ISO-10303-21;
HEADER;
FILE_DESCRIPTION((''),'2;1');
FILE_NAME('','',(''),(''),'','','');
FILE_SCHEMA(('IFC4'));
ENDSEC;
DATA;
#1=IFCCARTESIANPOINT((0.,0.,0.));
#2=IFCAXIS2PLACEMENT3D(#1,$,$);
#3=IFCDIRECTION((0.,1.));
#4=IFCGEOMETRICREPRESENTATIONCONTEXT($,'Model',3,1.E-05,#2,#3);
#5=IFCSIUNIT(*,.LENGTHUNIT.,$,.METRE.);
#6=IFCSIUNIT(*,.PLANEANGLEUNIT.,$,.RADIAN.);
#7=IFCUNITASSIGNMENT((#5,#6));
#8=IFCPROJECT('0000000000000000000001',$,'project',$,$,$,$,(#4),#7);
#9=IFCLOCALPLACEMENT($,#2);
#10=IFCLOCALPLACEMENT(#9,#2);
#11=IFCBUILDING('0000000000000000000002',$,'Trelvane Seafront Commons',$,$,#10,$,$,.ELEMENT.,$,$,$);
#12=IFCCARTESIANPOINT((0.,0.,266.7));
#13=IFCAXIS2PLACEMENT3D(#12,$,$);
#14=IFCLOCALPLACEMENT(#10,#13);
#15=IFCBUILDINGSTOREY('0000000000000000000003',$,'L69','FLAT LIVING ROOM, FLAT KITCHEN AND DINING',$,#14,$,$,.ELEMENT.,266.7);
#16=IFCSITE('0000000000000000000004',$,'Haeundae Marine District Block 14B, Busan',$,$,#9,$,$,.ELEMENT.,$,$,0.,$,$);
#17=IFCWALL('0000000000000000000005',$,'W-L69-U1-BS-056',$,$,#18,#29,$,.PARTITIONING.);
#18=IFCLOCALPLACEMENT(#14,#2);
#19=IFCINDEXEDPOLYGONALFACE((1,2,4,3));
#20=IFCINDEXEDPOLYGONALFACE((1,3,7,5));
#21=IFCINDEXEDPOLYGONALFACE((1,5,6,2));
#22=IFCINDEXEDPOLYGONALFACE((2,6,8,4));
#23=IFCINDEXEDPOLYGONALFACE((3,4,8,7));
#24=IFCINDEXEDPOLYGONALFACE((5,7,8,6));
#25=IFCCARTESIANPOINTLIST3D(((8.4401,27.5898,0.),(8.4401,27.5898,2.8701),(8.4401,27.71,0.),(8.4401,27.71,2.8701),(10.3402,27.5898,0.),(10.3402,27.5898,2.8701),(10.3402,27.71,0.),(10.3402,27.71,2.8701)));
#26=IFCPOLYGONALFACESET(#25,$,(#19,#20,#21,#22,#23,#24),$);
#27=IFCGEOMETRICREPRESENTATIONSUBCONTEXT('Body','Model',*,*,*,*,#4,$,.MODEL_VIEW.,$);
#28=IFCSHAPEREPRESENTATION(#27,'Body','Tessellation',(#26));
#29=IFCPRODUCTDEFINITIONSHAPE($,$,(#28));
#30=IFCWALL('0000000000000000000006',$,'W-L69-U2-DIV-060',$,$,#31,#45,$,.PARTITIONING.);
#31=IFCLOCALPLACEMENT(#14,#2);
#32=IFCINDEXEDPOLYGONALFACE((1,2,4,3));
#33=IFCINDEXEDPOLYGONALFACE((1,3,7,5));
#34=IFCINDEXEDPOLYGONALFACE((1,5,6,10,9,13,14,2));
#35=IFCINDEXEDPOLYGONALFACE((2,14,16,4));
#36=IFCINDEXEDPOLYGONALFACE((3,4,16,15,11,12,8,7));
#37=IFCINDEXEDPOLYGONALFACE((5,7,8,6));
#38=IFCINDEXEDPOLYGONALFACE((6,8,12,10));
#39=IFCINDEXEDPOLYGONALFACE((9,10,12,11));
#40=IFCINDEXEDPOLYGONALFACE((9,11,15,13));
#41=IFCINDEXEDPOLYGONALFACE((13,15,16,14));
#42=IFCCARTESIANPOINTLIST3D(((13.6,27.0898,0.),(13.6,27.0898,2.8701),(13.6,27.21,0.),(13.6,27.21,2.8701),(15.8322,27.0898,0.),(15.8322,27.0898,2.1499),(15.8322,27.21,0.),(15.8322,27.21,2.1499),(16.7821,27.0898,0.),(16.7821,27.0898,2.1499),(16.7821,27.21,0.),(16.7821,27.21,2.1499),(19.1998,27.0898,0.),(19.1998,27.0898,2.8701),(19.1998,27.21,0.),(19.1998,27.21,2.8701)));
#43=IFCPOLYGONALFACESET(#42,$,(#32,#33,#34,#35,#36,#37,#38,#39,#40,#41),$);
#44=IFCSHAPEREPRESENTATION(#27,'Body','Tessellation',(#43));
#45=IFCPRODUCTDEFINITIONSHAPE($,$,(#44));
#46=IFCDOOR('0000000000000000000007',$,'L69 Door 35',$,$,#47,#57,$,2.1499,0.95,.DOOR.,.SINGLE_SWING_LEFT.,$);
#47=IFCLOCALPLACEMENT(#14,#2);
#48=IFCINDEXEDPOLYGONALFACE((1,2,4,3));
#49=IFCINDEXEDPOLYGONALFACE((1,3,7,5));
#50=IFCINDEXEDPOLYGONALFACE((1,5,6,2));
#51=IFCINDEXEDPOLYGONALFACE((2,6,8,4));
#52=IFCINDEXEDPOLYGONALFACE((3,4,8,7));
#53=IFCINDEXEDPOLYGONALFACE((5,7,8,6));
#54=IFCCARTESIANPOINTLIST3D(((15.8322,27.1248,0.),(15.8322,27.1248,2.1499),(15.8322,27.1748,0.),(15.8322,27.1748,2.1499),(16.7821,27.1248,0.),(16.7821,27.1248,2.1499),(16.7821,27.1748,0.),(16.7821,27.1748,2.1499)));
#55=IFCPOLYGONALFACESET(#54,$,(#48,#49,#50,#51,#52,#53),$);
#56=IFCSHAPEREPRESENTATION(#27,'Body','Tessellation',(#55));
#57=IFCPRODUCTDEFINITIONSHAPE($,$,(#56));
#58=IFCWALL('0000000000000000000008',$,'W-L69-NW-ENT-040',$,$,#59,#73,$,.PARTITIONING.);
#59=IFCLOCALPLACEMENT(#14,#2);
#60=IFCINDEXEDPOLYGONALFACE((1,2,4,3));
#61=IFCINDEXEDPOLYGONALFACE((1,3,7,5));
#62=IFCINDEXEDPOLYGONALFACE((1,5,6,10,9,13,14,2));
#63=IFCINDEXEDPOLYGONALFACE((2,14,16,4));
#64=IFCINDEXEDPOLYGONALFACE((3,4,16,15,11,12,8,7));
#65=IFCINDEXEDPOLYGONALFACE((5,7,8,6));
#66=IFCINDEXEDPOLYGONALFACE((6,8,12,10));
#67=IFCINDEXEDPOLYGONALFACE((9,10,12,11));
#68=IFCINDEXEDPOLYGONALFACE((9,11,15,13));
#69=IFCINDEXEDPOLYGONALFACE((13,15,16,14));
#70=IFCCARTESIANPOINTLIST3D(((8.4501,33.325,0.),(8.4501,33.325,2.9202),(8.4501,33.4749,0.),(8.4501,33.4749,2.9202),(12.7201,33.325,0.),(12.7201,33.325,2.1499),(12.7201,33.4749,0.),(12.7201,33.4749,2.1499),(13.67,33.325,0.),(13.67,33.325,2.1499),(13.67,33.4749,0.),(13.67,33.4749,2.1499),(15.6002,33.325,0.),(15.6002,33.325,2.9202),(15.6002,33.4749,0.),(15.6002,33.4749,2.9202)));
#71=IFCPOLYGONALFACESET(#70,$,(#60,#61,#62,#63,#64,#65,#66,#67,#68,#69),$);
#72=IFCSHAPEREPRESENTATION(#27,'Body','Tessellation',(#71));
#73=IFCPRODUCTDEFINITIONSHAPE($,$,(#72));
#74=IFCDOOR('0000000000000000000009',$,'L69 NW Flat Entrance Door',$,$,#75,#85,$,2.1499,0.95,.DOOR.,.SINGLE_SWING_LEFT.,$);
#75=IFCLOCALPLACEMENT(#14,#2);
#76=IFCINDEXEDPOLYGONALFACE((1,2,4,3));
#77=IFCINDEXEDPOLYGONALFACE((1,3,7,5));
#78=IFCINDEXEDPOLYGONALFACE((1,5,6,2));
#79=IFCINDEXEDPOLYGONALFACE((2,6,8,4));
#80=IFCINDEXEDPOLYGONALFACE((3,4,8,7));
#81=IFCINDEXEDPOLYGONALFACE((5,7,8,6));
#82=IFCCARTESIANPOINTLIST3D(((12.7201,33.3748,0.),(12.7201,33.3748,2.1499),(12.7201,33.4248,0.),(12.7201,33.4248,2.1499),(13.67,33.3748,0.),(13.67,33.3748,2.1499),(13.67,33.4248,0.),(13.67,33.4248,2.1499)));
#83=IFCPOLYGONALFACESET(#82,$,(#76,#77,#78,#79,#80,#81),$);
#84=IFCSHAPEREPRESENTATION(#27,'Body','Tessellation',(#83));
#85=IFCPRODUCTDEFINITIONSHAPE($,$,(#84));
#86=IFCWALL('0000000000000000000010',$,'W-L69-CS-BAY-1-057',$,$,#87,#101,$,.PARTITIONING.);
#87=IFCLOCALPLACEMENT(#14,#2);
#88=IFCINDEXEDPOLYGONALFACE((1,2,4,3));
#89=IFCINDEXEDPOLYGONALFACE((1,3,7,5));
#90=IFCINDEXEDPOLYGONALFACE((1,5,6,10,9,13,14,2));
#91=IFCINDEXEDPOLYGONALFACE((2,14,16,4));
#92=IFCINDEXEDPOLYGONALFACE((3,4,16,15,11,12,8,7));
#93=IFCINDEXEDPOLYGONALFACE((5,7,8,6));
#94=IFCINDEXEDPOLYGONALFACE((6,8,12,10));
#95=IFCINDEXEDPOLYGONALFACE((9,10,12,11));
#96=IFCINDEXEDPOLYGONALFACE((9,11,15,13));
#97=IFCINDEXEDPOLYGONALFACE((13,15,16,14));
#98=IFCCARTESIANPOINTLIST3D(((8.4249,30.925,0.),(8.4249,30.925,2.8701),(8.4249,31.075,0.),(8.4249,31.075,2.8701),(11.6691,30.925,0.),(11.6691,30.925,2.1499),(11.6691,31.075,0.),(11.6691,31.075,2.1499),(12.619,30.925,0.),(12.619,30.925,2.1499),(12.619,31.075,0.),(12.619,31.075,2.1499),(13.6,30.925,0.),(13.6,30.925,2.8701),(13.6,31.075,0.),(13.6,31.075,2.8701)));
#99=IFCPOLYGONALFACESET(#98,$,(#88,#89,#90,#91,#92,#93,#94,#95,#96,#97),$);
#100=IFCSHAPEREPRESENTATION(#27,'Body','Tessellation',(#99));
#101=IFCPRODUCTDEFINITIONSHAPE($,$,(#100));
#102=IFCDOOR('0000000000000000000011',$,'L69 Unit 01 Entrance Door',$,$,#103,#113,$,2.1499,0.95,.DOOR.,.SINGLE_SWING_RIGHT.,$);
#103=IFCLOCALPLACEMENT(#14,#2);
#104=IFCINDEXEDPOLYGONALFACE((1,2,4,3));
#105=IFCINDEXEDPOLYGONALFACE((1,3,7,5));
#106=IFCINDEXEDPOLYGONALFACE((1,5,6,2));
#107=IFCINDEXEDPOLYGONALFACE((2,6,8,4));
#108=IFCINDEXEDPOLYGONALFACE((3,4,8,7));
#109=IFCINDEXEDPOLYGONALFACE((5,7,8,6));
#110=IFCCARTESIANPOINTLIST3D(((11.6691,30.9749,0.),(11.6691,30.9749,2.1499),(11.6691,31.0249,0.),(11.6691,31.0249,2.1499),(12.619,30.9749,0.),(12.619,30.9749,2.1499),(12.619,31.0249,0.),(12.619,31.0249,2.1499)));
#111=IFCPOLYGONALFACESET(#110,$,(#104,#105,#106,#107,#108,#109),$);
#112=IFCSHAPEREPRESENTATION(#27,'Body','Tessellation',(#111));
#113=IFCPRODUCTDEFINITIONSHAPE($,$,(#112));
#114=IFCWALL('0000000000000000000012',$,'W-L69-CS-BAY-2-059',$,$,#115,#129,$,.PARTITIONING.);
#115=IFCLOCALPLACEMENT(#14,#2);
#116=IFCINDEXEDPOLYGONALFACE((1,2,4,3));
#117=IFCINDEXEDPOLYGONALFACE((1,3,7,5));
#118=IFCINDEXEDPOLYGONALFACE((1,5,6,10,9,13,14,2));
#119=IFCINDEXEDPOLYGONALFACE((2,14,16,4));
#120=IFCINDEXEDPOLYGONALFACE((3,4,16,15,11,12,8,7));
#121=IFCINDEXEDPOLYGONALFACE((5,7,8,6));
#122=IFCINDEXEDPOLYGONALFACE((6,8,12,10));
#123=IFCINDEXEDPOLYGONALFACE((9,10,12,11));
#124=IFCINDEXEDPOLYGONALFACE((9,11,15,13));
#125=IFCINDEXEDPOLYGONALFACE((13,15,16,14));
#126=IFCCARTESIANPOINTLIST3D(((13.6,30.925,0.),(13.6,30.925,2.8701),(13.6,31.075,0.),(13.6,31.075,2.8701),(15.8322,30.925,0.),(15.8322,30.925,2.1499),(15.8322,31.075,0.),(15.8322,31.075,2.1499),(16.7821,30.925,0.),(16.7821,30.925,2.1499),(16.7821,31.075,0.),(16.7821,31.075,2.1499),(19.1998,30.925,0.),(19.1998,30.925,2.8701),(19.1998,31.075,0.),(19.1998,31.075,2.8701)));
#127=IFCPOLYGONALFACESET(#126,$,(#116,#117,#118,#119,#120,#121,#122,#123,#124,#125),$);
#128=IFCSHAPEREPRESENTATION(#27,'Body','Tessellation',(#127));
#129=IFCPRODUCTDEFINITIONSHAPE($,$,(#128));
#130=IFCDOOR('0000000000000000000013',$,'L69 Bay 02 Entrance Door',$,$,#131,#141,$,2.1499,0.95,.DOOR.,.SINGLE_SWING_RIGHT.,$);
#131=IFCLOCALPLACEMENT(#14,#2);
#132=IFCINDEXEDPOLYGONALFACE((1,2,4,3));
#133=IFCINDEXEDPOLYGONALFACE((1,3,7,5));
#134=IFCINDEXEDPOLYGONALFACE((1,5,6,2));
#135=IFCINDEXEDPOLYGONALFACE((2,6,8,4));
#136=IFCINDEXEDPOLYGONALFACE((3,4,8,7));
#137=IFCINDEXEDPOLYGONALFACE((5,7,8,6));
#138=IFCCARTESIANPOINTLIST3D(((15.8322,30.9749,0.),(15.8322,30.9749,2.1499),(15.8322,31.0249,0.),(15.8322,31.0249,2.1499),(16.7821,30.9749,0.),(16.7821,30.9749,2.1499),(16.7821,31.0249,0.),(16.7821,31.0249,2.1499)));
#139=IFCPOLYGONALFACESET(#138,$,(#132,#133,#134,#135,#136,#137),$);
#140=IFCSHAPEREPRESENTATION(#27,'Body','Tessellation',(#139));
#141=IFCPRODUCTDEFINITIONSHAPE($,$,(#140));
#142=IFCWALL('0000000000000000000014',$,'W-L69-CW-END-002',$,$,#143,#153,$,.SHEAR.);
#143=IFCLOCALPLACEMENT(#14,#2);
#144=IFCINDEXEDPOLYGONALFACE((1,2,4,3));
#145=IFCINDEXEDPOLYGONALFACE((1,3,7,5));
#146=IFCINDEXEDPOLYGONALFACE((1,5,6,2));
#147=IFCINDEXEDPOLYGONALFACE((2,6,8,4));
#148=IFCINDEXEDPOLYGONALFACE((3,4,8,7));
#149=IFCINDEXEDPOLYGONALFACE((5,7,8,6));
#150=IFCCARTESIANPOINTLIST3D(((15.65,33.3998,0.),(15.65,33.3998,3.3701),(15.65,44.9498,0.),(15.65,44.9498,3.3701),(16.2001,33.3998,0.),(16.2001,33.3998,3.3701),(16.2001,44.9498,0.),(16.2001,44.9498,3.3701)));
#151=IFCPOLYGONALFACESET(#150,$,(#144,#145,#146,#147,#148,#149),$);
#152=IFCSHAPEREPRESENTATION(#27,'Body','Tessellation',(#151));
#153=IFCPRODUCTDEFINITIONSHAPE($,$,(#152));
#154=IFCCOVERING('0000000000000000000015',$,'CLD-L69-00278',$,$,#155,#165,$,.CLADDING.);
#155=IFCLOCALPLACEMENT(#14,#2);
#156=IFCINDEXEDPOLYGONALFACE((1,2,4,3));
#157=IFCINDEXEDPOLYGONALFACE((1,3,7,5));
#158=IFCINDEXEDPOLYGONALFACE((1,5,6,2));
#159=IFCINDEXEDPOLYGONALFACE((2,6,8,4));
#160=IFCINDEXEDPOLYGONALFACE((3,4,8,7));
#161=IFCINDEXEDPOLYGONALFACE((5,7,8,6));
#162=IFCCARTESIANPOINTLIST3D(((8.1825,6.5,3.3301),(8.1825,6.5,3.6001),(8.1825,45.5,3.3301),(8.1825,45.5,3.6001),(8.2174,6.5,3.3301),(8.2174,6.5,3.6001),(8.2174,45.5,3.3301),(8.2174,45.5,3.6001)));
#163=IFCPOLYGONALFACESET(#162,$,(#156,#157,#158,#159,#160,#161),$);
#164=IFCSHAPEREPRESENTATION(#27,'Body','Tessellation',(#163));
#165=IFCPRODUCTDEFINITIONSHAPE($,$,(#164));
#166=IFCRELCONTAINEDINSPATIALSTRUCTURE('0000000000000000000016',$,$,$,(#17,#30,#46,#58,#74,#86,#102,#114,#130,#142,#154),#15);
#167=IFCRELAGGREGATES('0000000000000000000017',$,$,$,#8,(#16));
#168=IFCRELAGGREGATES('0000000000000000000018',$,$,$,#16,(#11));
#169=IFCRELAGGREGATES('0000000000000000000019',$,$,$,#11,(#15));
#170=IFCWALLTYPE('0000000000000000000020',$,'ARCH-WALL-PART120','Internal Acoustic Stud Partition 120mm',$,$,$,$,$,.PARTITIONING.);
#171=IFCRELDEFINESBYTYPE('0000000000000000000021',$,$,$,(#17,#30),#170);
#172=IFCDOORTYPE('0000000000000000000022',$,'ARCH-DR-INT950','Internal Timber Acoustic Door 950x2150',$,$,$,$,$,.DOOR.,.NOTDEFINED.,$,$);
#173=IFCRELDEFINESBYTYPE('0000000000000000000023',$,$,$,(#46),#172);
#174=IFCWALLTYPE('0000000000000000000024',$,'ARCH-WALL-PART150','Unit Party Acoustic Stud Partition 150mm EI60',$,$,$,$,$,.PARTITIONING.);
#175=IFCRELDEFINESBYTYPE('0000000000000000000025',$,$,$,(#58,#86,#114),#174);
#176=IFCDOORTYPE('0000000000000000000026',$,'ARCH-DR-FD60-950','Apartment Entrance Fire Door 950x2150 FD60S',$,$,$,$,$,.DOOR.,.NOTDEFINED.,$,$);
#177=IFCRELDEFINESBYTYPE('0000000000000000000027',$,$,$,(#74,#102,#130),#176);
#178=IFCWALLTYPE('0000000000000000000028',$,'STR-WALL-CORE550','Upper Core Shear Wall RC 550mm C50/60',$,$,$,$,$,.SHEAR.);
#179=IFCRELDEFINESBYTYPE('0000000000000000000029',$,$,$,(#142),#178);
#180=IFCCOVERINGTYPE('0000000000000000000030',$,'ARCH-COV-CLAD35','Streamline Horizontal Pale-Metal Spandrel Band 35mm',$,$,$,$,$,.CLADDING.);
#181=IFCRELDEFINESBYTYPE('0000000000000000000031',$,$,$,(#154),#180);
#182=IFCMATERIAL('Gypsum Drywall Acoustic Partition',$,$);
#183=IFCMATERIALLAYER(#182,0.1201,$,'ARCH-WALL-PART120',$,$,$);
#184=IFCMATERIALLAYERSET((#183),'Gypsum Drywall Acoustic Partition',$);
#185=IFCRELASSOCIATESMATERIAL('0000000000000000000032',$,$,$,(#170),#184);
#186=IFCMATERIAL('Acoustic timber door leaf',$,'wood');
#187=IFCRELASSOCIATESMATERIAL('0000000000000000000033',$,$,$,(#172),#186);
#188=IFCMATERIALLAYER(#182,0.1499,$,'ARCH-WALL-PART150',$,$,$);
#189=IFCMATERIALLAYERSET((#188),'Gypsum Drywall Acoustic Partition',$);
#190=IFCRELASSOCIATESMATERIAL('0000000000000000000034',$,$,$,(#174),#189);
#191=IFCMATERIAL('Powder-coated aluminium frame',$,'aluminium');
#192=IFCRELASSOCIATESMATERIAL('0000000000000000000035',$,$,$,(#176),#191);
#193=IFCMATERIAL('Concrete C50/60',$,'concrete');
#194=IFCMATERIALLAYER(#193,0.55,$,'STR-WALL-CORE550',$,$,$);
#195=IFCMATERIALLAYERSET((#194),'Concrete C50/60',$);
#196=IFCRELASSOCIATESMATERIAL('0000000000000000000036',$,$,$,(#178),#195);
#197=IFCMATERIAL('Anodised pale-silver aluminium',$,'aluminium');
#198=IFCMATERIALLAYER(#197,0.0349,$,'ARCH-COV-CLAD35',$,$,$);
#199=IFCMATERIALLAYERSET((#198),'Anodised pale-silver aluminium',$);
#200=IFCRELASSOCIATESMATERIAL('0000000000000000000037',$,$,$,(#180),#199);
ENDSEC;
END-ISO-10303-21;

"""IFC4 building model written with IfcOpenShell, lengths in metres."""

from ifc_helpers import new_model, si_unit, direction, frame, frame_2d, origin, origin_2d, place, context, subcontext, project, spatial, rectangle, extrude, source, transform, mapped, material, layer, layer_set, type_object, element, fill, save


model = new_model("IFC4")

# Units and contexts
model_context = context("Model", 3, precision=1e-05, world=origin(), true_north=direction((0.0, 1.0)))
body_context = subcontext(model_context, "Body", "Model", "MODEL_VIEW")
ifc_project = project(units=[si_unit("LENGTHUNIT", "METRE"), si_unit("PLANEANGLEUNIT", "RADIAN")], contexts=[model_context])

# Site, building, storey
site_placement = place(None, origin())
site = spatial("IfcSite", under=ifc_project, at=site_placement, Name="Haeundae Marine District Block 14B, Busan", CompositionType="ELEMENT", RefElevation=0.0)
building_placement = place(site_placement, origin())
building = spatial("IfcBuilding", under=site, at=building_placement, Name="Trelvane Seafront Commons", CompositionType="ELEMENT")
storey_placement = place(building_placement, frame((0.0, 0.0, 266.7)))
storey = spatial("IfcBuildingStorey", under=building, at=storey_placement, Name="L69", Description="FLAT LIVING ROOM, FLAT KITCHEN AND DINING", CompositionType="ELEMENT", Elevation=266.7)

# Shared definitions
ifc_material_1 = material(Name="Concrete C50/60", Category="concrete")

# Shared definitions
ifc_material_2 = material(Name="Gypsum Drywall Acoustic Partition")
ifc_layer_1 = layer(ifc_material_2, 0.1201, Name="ARCH-WALL-PART120")
ifc_layer_set_1 = layer_set([ifc_layer_1], Name="Gypsum Drywall Acoustic Partition")
wall_type_1 = type_object("IfcWallType", Name="ARCH-WALL-PART120", Description="Internal Acoustic Stud Partition 120mm", PredefinedType="PARTITIONING", material=ifc_layer_set_1)
ifc_material_3 = material(Name="Acoustic timber door leaf", Category="wood")
door_type_1 = type_object("IfcDoorType", Name="ARCH-DR-INT950", Description="Internal Timber Acoustic Door 950x2150", OperationType="NOTDEFINED", PredefinedType="DOOR", material=ifc_material_3)
shared_shape_1 = source(origin(), body_context, "Body", "SweptSolid", [
    extrude(rectangle(XDim=0.95, YDim=2.1499, at=frame_2d((0.4751, 1.075))), frame((0.0, 0.0249, 0.0), z_axis=(0.0, -1.0, 0.0), x_axis=(1.0, 0.0, 0.0)), (0.0, 0.0, 1.0), 0.05),
])

# Wall
wall_1_placement = place(storey_placement, frame((8.4399, 27.6499, 0.0), z_axis=(0.0, 0.0, 1.0), x_axis=(1.0, 0.0, 0.0)))
element("IfcWall", 1, at=wall_1_placement, inside=storey, type_object=wall_type_1, Name="W-L69-U1-BS-056", PredefinedType="PARTITIONING", context=body_context, shape_type="SweptSolid", body=[
    extrude(rectangle(XDim=1.9001, YDim=0.1201, at=frame_2d((0.9502, 0.0))), origin(), (0.0, 0.0, 1.0), 2.8701),
])

# Walls, openings, doors
wall_2_placement = place(storey_placement, frame((13.6001, 27.1499, 0.0), z_axis=(0.0, 0.0, 1.0), x_axis=(1.0, 0.0, 0.0)))
wall_2 = element("IfcWall", 2, at=wall_2_placement, inside=storey, type_object=wall_type_1, Name="W-L69-U2-DIV-060", PredefinedType="PARTITIONING", context=body_context, shape_type="SweptSolid", body=[
    extrude(rectangle(XDim=5.5999, YDim=0.1201, at=frame_2d((2.7998, 0.0))), origin(), (0.0, 0.0, 1.0), 2.8701),
])
opening_1_placement = place(wall_2_placement, frame((2.2319, 0.0, 0.0)))
opening_1 = element("IfcOpeningElement", 3, at=opening_1_placement, cuts=wall_2, PredefinedType="OPENING", context=body_context, shape_type="SweptSolid", body=[
    extrude(rectangle(XDim=0.95, YDim=2.1499, at=frame_2d((0.4751, 1.075))), frame((0.0, 0.0701, 0.0), z_axis=(0.0, -1.0, 0.0), x_axis=(1.0, 0.0, 0.0)), (0.0, 0.0, 1.0), 0.1401),
])
door_1_placement = place(opening_1_placement, origin())
door_1 = element("IfcDoor", 4, at=door_1_placement, inside=storey, type_object=door_type_1, Name="L69 Door 35", OperationType="SINGLE_SWING_LEFT", OverallHeight=2.1499, OverallWidth=0.95, PredefinedType="DOOR", context=body_context, shape_type="MappedRepresentation", body=[
    mapped(shared_shape_1, transform((0.0, 0.0, 0.0), x_axis=(1.0, 0.0, 0.0), y_axis=(0.0, 1.0, 0.0), z_axis=(0.0, 0.0, 1.0), scale=1.0)),
])
fill(opening_1, door_1)
ifc_layer_2 = layer(ifc_material_2, 0.1499, Name="ARCH-WALL-PART150")
ifc_layer_set_2 = layer_set([ifc_layer_2], Name="Gypsum Drywall Acoustic Partition")
wall_type_2 = type_object("IfcWallType", Name="ARCH-WALL-PART150", Description="Unit Party Acoustic Stud Partition 150mm EI60", PredefinedType="PARTITIONING", material=ifc_layer_set_2)
wall_3_placement = place(storey_placement, frame((8.45, 33.3999, 0.0), z_axis=(0.0, 0.0, 1.0), x_axis=(1.0, 0.0, 0.0)))
wall_3 = element("IfcWall", 5, at=wall_3_placement, inside=storey, type_object=wall_type_2, Name="W-L69-NW-ENT-040", PredefinedType="PARTITIONING", context=body_context, shape_type="SweptSolid", body=[
    extrude(rectangle(XDim=7.1501, YDim=0.1499, at=frame_2d((3.5752, 0.0))), origin(), (0.0, 0.0, 1.0), 2.9202),
])
opening_2_placement = place(wall_3_placement, frame((4.27, 0.0, 0.0)))
opening_2 = element("IfcOpeningElement", 6, at=opening_2_placement, cuts=wall_3, PredefinedType="OPENING", context=body_context, shape_type="SweptSolid", body=[
    extrude(rectangle(XDim=0.95, YDim=2.1499, at=frame_2d((0.4751, 1.075))), frame((0.0, 0.085, 0.0), z_axis=(0.0, -1.0, 0.0), x_axis=(1.0, 0.0, 0.0)), (0.0, 0.0, 1.0), 0.1699),
])
ifc_material_4 = material(Name="Powder-coated aluminium frame", Category="aluminium")
door_type_2 = type_object("IfcDoorType", Name="ARCH-DR-FD60-950", Description="Apartment Entrance Fire Door 950x2150 FD60S", OperationType="NOTDEFINED", PredefinedType="DOOR", material=ifc_material_4)
door_2_placement = place(opening_2_placement, origin())
door_2 = element("IfcDoor", 7, at=door_2_placement, inside=storey, type_object=door_type_2, Name="L69 NW Flat Entrance Door", OperationType="SINGLE_SWING_LEFT", OverallHeight=2.1499, OverallWidth=0.95, PredefinedType="DOOR", context=body_context, shape_type="MappedRepresentation", body=[
    mapped(shared_shape_1, transform((0.0, 0.0, 0.0), x_axis=(1.0, 0.0, 0.0), y_axis=(0.0, 1.0, 0.0), z_axis=(0.0, 0.0, 1.0), scale=1.0)),
])
fill(opening_2, door_2)
wall_4_placement = place(storey_placement, frame((8.425, 31.0, 0.0), z_axis=(0.0, 0.0, 1.0), x_axis=(1.0, 0.0, 0.0)))
wall_4 = element("IfcWall", 8, at=wall_4_placement, inside=storey, type_object=wall_type_2, Name="W-L69-CS-BAY-1-057", PredefinedType="PARTITIONING", context=body_context, shape_type="SweptSolid", body=[
    extrude(rectangle(XDim=5.175, YDim=0.1499, at=frame_2d((2.5874, 0.0))), origin(), (0.0, 0.0, 1.0), 2.8701),
])
opening_3_placement = place(wall_4_placement, frame((3.2439, 0.0, 0.0)))
opening_3 = element("IfcOpeningElement", 9, at=opening_3_placement, cuts=wall_4, PredefinedType="OPENING", context=body_context, shape_type="SweptSolid", body=[
    extrude(rectangle(XDim=0.95, YDim=2.1499, at=frame_2d((0.4751, 1.075))), frame((0.0, 0.085, 0.0), z_axis=(0.0, -1.0, 0.0), x_axis=(1.0, 0.0, 0.0)), (0.0, 0.0, 1.0), 0.1699),
])
door_3_placement = place(opening_3_placement, origin())
door_3 = element("IfcDoor", 10, at=door_3_placement, inside=storey, type_object=door_type_2, Name="L69 Unit 01 Entrance Door", OperationType="SINGLE_SWING_RIGHT", OverallHeight=2.1499, OverallWidth=0.95, PredefinedType="DOOR", context=body_context, shape_type="MappedRepresentation", body=[
    mapped(shared_shape_1, transform((0.0, 0.0, 0.0), x_axis=(1.0, 0.0, 0.0), y_axis=(0.0, 1.0, 0.0), z_axis=(0.0, 0.0, 1.0), scale=1.0)),
])
fill(opening_3, door_3)
wall_5_placement = place(storey_placement, frame((13.6001, 31.0, 0.0), z_axis=(0.0, 0.0, 1.0), x_axis=(1.0, 0.0, 0.0)))
wall_5 = element("IfcWall", 11, at=wall_5_placement, inside=storey, type_object=wall_type_2, Name="W-L69-CS-BAY-2-059", PredefinedType="PARTITIONING", context=body_context, shape_type="SweptSolid", body=[
    extrude(rectangle(XDim=5.5999, YDim=0.1499, at=frame_2d((2.7998, 0.0))), origin(), (0.0, 0.0, 1.0), 2.8701),
])
opening_4_placement = place(wall_5_placement, frame((2.2319, 0.0, 0.0)))
opening_4 = element("IfcOpeningElement", 12, at=opening_4_placement, cuts=wall_5, PredefinedType="OPENING", context=body_context, shape_type="SweptSolid", body=[
    extrude(rectangle(XDim=0.95, YDim=2.1499, at=frame_2d((0.4751, 1.075))), frame((0.0, 0.085, 0.0), z_axis=(0.0, -1.0, 0.0), x_axis=(1.0, 0.0, 0.0)), (0.0, 0.0, 1.0), 0.1699),
])
door_4_placement = place(opening_4_placement, origin())
door_4 = element("IfcDoor", 13, at=door_4_placement, inside=storey, type_object=door_type_2, Name="L69 Bay 02 Entrance Door", OperationType="SINGLE_SWING_RIGHT", OverallHeight=2.1499, OverallWidth=0.95, PredefinedType="DOOR", context=body_context, shape_type="MappedRepresentation", body=[
    mapped(shared_shape_1, transform((0.0, 0.0, 0.0), x_axis=(1.0, 0.0, 0.0), y_axis=(0.0, 1.0, 0.0), z_axis=(0.0, 0.0, 1.0), scale=1.0)),
])
fill(opening_4, door_4)

# Wall
ifc_layer_3 = layer(ifc_material_1, 0.55, Name="STR-WALL-CORE550")
ifc_layer_set_3 = layer_set([ifc_layer_3], Name="Concrete C50/60")
wall_type_3 = type_object("IfcWallType", Name="STR-WALL-CORE550", Description="Upper Core Shear Wall RC 550mm C50/60", PredefinedType="SHEAR", material=ifc_layer_set_3)
wall_6_placement = place(storey_placement, frame((15.925, 33.3999, 0.0), z_axis=(0.0, 0.0, 1.0), x_axis=(0.0, 1.0, 0.0)))
element("IfcWall", 14, at=wall_6_placement, inside=storey, type_object=wall_type_3, Name="W-L69-CW-END-002", PredefinedType="SHEAR", context=body_context, shape_type="SweptSolid", body=[
    extrude(rectangle(XDim=11.55, YDim=0.55, at=frame_2d((5.7749, 0.0))), origin(), (0.0, 0.0, 1.0), 3.3701),
])

# Covering
ifc_material_5 = material(Name="Anodised pale-silver aluminium", Category="aluminium")
ifc_layer_4 = layer(ifc_material_5, 0.0349, Name="ARCH-COV-CLAD35")
ifc_layer_set_4 = layer_set([ifc_layer_4], Name="Anodised pale-silver aluminium")
covering_type = type_object("IfcCoveringType", Name="ARCH-COV-CLAD35", Description="Streamline Horizontal Pale-Metal Spandrel Band 35mm", PredefinedType="CLADDING", material=ifc_layer_set_4)
shared_shape_2 = source(origin(), body_context, "Body", "SweptSolid", [
    extrude(rectangle(XDim=39.0, YDim=0.0349, at=origin_2d()), origin(), (0.0, 0.0, 1.0), 0.27),
])
covering_placement = place(storey_placement, frame((8.2, 26.0, 3.3301), z_axis=(0.0, 0.0, 1.0), x_axis=(0.0, 1.0, 0.0)))
element("IfcCovering", 15, at=covering_placement, inside=storey, type_object=covering_type, Name="CLD-L69-00278", PredefinedType="CLADDING", context=body_context, shape_type="MappedRepresentation", body=[
    mapped(shared_shape_2, transform((0.0, 0.0, 0.0), x_axis=(1.0, 0.0, 0.0), y_axis=(0.0, 1.0, 0.0), z_axis=(0.0, 0.0, 1.0), scale=1.0)),
])

save(model, "model.ifc")
